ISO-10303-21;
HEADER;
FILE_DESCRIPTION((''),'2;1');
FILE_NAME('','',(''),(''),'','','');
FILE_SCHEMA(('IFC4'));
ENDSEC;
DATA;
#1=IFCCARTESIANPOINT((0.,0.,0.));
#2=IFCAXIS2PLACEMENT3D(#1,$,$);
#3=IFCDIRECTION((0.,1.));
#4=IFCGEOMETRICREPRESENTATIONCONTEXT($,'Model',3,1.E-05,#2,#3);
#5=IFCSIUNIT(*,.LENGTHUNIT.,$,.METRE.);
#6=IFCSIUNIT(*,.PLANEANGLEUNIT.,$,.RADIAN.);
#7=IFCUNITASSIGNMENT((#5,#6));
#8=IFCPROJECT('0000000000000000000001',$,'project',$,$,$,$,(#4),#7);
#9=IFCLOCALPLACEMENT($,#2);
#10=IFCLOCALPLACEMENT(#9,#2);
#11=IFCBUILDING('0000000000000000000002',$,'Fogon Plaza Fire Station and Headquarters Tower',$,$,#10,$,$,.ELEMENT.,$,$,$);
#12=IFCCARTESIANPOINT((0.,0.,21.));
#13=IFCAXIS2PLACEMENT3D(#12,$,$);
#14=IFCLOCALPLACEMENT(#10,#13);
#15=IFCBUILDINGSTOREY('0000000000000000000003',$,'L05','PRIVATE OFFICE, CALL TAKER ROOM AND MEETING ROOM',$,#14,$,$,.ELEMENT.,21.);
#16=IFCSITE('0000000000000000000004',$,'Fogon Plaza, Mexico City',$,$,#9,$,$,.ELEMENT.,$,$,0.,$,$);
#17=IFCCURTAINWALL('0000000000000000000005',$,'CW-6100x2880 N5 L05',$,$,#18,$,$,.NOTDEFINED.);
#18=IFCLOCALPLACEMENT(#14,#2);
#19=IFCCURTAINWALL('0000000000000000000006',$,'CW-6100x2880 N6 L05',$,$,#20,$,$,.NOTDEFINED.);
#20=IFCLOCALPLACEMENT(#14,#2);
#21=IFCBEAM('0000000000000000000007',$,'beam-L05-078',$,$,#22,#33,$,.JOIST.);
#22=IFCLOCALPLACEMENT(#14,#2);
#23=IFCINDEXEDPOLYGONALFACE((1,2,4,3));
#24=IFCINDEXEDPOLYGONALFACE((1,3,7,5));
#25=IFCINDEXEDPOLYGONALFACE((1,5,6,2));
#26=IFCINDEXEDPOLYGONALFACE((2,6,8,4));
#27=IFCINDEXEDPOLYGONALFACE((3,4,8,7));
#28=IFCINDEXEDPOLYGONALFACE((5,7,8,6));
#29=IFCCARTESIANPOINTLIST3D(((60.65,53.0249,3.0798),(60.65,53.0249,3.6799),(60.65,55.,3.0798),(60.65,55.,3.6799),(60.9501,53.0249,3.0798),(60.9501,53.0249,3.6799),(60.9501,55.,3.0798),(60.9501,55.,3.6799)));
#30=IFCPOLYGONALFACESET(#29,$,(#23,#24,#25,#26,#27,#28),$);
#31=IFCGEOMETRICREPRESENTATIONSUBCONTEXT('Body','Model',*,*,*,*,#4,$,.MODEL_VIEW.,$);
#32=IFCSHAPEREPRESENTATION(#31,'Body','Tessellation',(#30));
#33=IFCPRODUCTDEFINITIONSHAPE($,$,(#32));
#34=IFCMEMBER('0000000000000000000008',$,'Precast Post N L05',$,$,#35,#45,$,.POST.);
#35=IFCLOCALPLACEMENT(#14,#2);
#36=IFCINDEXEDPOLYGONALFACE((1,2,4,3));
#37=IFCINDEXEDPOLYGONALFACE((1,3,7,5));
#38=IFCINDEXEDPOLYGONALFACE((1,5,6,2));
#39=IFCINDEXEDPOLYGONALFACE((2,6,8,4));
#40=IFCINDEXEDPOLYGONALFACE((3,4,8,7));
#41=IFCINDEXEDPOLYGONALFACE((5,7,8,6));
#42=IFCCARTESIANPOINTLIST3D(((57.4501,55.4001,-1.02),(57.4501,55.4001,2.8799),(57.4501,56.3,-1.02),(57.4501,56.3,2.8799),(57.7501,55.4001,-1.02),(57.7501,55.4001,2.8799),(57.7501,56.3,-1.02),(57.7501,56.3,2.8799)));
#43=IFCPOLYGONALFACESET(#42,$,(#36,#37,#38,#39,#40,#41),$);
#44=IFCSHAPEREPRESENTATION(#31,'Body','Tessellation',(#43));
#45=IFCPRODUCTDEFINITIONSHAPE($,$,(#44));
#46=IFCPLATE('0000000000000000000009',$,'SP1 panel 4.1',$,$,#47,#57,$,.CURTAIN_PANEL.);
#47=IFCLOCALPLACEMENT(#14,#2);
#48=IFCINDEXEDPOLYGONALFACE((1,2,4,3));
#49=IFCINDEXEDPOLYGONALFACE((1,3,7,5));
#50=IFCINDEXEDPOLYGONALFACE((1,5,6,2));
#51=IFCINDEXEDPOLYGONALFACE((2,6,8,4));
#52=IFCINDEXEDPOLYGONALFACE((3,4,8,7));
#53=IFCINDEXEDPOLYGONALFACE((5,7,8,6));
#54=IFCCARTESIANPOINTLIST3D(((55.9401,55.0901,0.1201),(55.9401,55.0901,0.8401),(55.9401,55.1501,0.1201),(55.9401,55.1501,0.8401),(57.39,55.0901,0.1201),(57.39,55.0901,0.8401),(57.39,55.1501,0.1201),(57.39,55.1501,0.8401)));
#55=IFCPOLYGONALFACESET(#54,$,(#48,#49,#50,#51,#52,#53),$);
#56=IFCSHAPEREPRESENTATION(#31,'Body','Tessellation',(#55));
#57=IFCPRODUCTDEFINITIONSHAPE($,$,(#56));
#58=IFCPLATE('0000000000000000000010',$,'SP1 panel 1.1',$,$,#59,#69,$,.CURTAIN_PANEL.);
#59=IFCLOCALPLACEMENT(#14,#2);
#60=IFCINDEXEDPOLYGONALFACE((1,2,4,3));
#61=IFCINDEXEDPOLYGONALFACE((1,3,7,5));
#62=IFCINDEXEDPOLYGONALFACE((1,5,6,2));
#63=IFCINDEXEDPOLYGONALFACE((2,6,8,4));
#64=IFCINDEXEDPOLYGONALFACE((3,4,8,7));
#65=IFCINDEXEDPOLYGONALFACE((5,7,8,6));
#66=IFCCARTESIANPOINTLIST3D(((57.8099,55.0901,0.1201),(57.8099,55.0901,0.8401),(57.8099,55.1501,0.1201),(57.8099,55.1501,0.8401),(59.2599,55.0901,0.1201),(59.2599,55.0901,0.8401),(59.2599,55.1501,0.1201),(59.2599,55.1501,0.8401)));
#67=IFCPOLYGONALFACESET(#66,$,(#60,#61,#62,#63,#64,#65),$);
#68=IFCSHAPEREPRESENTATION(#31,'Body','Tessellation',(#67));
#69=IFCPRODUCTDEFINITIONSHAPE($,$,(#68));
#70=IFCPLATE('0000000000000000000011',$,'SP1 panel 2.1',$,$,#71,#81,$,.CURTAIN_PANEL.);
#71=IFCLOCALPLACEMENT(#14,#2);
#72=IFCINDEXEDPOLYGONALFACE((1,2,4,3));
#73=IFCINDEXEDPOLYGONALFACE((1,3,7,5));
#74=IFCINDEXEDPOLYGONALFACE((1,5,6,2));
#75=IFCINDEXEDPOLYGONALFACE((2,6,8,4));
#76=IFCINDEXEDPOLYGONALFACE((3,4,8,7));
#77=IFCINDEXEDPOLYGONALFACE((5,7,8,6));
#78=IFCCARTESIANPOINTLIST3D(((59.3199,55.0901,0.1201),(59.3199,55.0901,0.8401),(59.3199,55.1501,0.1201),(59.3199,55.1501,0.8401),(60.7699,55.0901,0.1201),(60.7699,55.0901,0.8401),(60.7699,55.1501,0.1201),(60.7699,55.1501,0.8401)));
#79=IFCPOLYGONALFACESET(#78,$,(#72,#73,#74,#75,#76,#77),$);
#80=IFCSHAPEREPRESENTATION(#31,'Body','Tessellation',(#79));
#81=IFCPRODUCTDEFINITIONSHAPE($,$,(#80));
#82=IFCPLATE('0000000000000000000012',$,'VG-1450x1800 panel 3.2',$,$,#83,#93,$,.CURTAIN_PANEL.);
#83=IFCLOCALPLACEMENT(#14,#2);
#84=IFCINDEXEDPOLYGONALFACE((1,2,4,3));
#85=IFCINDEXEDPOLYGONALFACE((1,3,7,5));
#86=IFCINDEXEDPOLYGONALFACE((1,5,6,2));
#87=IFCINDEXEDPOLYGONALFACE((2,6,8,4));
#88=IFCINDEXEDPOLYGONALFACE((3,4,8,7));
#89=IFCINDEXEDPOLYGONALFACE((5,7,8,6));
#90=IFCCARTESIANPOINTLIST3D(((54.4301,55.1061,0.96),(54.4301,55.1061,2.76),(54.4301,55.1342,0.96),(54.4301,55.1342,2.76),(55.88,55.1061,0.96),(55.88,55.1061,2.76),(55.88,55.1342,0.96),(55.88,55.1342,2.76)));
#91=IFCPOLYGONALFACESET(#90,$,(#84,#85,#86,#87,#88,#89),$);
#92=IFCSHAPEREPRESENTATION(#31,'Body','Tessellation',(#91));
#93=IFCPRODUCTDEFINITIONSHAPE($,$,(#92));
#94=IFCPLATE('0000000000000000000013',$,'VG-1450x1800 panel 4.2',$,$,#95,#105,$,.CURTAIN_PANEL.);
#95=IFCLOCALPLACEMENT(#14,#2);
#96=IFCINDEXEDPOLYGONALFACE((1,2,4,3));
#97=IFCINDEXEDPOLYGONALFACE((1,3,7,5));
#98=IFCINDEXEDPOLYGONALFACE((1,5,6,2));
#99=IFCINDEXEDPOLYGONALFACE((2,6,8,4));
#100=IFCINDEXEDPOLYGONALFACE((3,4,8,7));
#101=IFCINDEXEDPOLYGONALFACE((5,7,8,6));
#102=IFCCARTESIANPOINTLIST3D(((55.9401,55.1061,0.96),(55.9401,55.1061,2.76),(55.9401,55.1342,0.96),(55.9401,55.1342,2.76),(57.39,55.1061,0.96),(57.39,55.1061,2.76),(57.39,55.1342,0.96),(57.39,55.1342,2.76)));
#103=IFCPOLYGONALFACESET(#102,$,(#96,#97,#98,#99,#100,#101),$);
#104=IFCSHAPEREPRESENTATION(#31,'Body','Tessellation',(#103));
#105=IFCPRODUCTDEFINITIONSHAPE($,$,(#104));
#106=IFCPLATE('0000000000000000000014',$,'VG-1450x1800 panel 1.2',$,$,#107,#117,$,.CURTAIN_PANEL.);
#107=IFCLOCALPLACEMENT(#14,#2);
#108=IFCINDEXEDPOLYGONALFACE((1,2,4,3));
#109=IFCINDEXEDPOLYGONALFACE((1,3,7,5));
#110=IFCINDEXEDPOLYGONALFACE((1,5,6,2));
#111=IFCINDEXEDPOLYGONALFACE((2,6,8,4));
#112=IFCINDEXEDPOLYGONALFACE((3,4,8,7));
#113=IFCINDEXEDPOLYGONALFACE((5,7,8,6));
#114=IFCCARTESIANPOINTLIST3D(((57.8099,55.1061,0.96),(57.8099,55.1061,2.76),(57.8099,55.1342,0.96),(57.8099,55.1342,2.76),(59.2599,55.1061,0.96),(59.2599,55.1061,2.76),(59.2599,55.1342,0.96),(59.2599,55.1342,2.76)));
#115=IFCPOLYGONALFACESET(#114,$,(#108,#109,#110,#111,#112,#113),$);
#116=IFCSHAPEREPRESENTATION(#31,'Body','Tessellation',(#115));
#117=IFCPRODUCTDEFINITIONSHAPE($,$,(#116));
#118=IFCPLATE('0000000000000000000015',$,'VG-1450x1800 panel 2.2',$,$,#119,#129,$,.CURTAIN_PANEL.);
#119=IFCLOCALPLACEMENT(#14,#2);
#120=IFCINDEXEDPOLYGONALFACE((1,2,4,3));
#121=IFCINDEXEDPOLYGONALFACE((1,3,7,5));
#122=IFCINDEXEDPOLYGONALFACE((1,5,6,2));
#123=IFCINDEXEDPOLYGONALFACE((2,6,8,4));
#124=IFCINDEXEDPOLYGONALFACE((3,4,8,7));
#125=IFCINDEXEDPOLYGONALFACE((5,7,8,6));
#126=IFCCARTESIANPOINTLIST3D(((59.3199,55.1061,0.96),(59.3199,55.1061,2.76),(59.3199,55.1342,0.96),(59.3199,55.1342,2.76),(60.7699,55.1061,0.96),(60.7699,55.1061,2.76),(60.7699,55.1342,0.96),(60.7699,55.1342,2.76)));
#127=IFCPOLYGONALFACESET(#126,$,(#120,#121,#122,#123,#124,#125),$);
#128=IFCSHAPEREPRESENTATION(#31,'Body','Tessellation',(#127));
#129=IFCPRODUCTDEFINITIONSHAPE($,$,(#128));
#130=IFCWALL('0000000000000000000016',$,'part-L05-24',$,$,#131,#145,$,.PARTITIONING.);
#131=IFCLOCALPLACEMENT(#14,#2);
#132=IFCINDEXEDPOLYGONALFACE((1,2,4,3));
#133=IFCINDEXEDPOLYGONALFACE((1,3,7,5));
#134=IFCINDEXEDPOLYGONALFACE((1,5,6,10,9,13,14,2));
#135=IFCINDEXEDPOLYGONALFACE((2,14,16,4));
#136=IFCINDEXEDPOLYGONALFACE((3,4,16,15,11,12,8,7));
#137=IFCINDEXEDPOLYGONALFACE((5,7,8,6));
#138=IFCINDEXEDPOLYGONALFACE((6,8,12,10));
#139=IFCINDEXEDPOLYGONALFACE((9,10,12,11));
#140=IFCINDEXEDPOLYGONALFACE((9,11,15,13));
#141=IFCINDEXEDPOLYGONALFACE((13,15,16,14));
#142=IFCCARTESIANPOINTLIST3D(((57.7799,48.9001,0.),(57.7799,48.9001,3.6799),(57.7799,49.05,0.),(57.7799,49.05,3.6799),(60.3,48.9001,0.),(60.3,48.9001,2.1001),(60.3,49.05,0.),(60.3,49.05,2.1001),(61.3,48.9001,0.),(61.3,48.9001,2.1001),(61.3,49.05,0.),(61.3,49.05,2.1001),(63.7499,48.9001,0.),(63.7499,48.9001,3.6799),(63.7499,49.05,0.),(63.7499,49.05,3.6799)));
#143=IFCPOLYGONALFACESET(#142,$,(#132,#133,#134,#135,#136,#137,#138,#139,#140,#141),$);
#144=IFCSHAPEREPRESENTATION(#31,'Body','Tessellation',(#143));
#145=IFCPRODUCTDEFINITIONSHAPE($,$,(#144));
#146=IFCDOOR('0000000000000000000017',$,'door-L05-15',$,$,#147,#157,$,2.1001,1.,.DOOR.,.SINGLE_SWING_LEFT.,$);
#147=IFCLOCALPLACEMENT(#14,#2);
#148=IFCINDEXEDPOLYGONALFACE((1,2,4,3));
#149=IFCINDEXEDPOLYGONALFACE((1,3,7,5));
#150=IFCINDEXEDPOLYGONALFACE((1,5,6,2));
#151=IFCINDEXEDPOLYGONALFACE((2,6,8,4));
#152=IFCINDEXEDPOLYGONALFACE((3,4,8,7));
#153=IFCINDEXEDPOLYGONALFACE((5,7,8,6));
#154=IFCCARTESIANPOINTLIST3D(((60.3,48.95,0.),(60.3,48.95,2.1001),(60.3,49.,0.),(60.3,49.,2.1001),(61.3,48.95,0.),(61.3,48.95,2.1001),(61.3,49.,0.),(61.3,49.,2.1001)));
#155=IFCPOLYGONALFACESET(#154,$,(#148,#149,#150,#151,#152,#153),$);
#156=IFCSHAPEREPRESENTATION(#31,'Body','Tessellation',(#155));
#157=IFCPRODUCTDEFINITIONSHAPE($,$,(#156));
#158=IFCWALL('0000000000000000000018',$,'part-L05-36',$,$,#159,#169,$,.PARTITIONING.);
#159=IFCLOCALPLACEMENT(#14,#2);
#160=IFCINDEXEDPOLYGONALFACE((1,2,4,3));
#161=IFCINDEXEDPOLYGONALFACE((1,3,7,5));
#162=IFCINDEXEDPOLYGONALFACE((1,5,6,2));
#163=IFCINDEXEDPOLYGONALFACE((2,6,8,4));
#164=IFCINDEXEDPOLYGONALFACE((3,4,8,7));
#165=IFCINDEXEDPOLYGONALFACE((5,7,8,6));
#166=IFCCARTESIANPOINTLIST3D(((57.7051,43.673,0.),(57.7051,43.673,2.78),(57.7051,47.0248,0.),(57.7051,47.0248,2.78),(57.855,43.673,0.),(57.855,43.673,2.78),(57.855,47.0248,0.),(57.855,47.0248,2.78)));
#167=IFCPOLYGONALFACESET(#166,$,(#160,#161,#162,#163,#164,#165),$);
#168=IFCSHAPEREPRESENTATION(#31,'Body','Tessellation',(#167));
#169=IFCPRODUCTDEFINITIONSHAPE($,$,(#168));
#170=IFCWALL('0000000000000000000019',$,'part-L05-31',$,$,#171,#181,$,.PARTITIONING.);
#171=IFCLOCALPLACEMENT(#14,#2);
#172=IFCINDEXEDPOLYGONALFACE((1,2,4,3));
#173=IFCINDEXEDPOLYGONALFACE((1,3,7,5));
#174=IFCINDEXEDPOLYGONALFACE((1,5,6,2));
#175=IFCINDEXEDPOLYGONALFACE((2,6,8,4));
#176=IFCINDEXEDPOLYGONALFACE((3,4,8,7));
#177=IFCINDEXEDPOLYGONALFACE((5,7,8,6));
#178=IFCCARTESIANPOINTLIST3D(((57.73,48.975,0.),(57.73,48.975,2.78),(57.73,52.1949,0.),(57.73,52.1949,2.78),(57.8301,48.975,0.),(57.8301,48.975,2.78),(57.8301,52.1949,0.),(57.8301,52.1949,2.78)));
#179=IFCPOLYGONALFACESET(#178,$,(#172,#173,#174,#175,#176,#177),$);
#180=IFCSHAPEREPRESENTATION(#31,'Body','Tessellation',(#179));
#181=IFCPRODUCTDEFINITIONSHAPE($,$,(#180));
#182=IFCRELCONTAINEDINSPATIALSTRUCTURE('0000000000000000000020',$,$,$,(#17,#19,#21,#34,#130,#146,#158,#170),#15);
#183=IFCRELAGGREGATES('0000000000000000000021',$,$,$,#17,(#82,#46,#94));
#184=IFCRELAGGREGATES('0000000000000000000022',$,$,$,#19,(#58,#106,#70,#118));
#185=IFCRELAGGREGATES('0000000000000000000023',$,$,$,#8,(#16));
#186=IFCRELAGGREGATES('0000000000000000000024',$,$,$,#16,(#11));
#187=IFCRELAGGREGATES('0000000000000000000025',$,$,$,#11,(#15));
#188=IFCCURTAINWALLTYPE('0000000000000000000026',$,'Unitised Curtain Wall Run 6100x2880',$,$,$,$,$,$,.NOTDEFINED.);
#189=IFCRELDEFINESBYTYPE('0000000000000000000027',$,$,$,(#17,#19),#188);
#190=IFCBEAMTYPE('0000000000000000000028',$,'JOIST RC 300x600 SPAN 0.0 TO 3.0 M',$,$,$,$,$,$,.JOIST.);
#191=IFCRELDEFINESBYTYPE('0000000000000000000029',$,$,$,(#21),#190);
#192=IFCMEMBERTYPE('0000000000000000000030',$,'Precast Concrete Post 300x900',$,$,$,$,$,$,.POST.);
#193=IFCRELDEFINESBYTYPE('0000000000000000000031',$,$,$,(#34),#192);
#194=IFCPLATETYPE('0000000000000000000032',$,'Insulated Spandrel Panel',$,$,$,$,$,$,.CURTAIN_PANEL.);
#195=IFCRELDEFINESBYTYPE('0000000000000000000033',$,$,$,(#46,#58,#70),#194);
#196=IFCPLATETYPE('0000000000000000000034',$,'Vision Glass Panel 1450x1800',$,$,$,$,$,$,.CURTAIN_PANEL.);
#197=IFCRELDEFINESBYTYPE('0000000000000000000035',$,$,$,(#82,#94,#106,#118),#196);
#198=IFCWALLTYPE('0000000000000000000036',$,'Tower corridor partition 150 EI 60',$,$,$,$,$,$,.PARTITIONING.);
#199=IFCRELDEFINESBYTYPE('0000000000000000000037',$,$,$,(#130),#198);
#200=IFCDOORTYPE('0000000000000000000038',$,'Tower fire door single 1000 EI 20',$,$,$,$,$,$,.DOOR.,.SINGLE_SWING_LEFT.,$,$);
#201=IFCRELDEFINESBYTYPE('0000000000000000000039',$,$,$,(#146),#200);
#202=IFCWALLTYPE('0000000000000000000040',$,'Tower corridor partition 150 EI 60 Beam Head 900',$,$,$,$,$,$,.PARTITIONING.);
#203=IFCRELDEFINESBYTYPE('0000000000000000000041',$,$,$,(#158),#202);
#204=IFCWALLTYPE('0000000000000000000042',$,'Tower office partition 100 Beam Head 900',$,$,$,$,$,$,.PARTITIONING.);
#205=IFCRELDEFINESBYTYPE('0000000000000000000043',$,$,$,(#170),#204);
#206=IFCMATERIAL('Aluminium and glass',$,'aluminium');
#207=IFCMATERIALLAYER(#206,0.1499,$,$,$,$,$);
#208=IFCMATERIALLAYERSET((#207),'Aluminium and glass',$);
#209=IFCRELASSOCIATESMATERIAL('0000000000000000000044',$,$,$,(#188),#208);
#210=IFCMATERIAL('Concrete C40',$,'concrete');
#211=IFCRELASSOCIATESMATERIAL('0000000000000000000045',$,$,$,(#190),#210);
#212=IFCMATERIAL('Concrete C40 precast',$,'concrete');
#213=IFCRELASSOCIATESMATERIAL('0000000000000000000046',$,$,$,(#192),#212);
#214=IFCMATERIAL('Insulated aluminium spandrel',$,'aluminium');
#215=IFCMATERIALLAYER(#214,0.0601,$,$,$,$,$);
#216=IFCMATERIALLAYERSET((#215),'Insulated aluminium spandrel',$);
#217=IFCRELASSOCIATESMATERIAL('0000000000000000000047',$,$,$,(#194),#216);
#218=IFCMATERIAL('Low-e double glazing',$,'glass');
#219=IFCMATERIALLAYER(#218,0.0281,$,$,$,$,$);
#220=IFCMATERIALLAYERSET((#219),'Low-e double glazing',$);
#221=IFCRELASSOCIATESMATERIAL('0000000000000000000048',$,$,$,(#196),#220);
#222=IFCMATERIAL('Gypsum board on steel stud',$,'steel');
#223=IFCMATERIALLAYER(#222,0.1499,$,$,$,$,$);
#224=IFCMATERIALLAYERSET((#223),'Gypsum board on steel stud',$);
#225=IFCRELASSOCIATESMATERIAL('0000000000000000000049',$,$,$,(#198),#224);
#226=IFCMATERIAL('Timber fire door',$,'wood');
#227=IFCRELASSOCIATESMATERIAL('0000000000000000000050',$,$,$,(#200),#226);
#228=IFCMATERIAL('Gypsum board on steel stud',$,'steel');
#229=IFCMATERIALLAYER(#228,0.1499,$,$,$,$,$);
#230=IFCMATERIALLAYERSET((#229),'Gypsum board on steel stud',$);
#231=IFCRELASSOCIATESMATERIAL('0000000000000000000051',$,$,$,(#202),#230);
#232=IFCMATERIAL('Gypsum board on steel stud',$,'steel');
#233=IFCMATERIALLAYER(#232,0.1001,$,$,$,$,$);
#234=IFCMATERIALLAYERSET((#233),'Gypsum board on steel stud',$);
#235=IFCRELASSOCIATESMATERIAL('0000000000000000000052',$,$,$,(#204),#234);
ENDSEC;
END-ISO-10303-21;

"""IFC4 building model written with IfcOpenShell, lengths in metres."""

from ifc_helpers import new_model, si_unit, direction, frame, frame_2d, origin, origin_2d, place, context, subcontext, project, spatial, rectangle, extrude, material, layer, layer_set, material_profile, profile_set, type_object, element, fill, aggregate, save


model = new_model("IFC4")

# Units and contexts
model_context = context("Model", 3, precision=1e-05, world=origin(), true_north=direction((0.0, 1.0)))
body_context = subcontext(model_context, "Body", "Model", "MODEL_VIEW")
ifc_project = project(units=[si_unit("LENGTHUNIT", "METRE"), si_unit("PLANEANGLEUNIT", "RADIAN")], contexts=[model_context])

# Site, building, storey
site_placement = place(None, origin())
site = spatial("IfcSite", under=ifc_project, at=site_placement, Name="Fogon Plaza, Mexico City", CompositionType="ELEMENT", RefElevation=0.0)
building_placement = place(site_placement, origin())
building = spatial("IfcBuilding", under=site, at=building_placement, Name="Fogon Plaza Fire Station and Headquarters Tower", CompositionType="ELEMENT")
storey_placement = place(building_placement, frame((0.0, 0.0, 21.0)))
storey = spatial("IfcBuildingStorey", under=building, at=storey_placement, Name="L05", Description="PRIVATE OFFICE, CALL TAKER ROOM AND MEETING ROOM", CompositionType="ELEMENT", Elevation=21.0)

# Curtain walls
ifc_material_1 = material(Name="Aluminium and glass", Category="aluminium")
ifc_layer_1 = layer(ifc_material_1, 0.1499)
ifc_layer_set_1 = layer_set([ifc_layer_1], Name="Aluminium and glass")
curtain_wall_type = type_object("IfcCurtainWallType", Name="Unitised Curtain Wall Run 6100x2880", PredefinedType="NOTDEFINED", material=ifc_layer_set_1)
curtain_wall_1_placement = place(storey_placement, origin())
curtain_wall_1 = element("IfcCurtainWall", 1, at=curtain_wall_1_placement, inside=storey, type_object=curtain_wall_type, Name="CW-6100x2880 N5 L05", PredefinedType="NOTDEFINED")
curtain_wall_2_placement = place(storey_placement, origin())
curtain_wall_2 = element("IfcCurtainWall", 2, at=curtain_wall_2_placement, inside=storey, type_object=curtain_wall_type, Name="CW-6100x2880 N6 L05", PredefinedType="NOTDEFINED")

# Beam
ifc_material_2 = material(Name="Concrete C40", Category="concrete")
ifc_material_profile_1 = material_profile(ifc_material_2, rectangle(XDim=0.3, YDim=0.6001, at=origin_2d()), Name="RC 300x600")
ifc_profile_set_1 = profile_set([ifc_material_profile_1], Name="Concrete C40")
beam_type_1 = type_object("IfcBeamType", Name="JOIST RC 300x600 SPAN 0.0 TO 3.0 M", PredefinedType="JOIST", material=ifc_profile_set_1)
beam_1_placement = place(storey_placement, frame((60.8, 53.0249, 3.3799), z_axis=(0.0, 1.0, 0.0), x_axis=(-1.0, 0.0, 0.0)))
element("IfcBeam", 3, at=beam_1_placement, inside=storey, type_object=beam_type_1, Name="beam-L05-078", PredefinedType="JOIST", context=body_context, shape_type="SweptSolid", body=[
    extrude(rectangle(XDim=0.3, YDim=0.6001, at=origin_2d()), origin(), (0.0, 0.0, 1.0), 1.9751),
])

# Member
ifc_material_3 = material(Name="Concrete C40 precast", Category="concrete")
ifc_material_profile_2 = material_profile(ifc_material_3, rectangle(XDim=0.3, YDim=0.8999, at=origin_2d()), Name="Precast Concrete Post 300x900")
ifc_profile_set_2 = profile_set([ifc_material_profile_2], Name="Concrete C40 precast")
member_type_1 = type_object("IfcMemberType", Name="Precast Concrete Post 300x900", PredefinedType="POST", material=ifc_profile_set_2)
member_1_placement = place(storey_placement, frame((57.6001, 55.8501, -1.02), z_axis=(0.0, 0.0, 1.0), x_axis=(1.0, 0.0, 0.0)))
element("IfcMember", 4, at=member_1_placement, inside=storey, type_object=member_type_1, Name="Precast Post N L05", PredefinedType="POST", context=body_context, shape_type="SweptSolid", body=[
    extrude(rectangle(XDim=0.3, YDim=0.8999, at=origin_2d()), origin(), (0.0, 0.0, 1.0), 3.8999),
])

# Plates
ifc_material_4 = material(Name="Insulated aluminium spandrel", Category="aluminium")
ifc_layer_2 = layer(ifc_material_4, 0.0601)
ifc_layer_set_2 = layer_set([ifc_layer_2], Name="Insulated aluminium spandrel")
plate_type_1 = type_object("IfcPlateType", Name="Insulated Spandrel Panel", PredefinedType="CURTAIN_PANEL", material=ifc_layer_set_2)
plate_1_placement = place(storey_placement, frame((56.665, 55.1201, 0.1201), z_axis=(0.0, 0.0, 1.0), x_axis=(1.0, 0.0, 0.0)))
plate_1 = element("IfcPlate", 5, at=plate_1_placement, type_object=plate_type_1, Name="SP1 panel 4.1", PredefinedType="CURTAIN_PANEL", context=body_context, shape_type="SweptSolid", body=[
    extrude(rectangle(XDim=1.45, YDim=0.0601, at=origin_2d()), origin(), (0.0, 0.0, 1.0), 0.72),
])
plate_2_placement = place(storey_placement, frame((58.5349, 55.1201, 0.1201), z_axis=(0.0, 0.0, 1.0), x_axis=(1.0, 0.0, 0.0)))
plate_2 = element("IfcPlate", 6, at=plate_2_placement, type_object=plate_type_1, Name="SP1 panel 1.1", PredefinedType="CURTAIN_PANEL", context=body_context, shape_type="SweptSolid", body=[
    extrude(rectangle(XDim=1.45, YDim=0.0601, at=origin_2d()), origin(), (0.0, 0.0, 1.0), 0.72),
])
plate_3_placement = place(storey_placement, frame((60.0449, 55.1201, 0.1201), z_axis=(0.0, 0.0, 1.0), x_axis=(1.0, 0.0, 0.0)))
plate_3 = element("IfcPlate", 7, at=plate_3_placement, type_object=plate_type_1, Name="SP1 panel 2.1", PredefinedType="CURTAIN_PANEL", context=body_context, shape_type="SweptSolid", body=[
    extrude(rectangle(XDim=1.45, YDim=0.0601, at=origin_2d()), origin(), (0.0, 0.0, 1.0), 0.72),
])
ifc_material_5 = material(Name="Low-e double glazing", Category="glass")
ifc_layer_3 = layer(ifc_material_5, 0.0281)
ifc_layer_set_3 = layer_set([ifc_layer_3], Name="Low-e double glazing")
plate_type_2 = type_object("IfcPlateType", Name="Vision Glass Panel 1450x1800", PredefinedType="CURTAIN_PANEL", material=ifc_layer_set_3)
plate_4_placement = place(storey_placement, frame((55.155, 55.1201, 0.96), z_axis=(0.0, 0.0, 1.0), x_axis=(1.0, 0.0, 0.0)))
plate_4 = element("IfcPlate", 8, at=plate_4_placement, type_object=plate_type_2, Name="VG-1450x1800 panel 3.2", PredefinedType="CURTAIN_PANEL", context=body_context, shape_type="SweptSolid", body=[
    extrude(rectangle(XDim=1.45, YDim=0.0281, at=origin_2d()), origin(), (0.0, 0.0, 1.0), 1.8),
])
plate_5_placement = place(storey_placement, frame((56.665, 55.1201, 0.96), z_axis=(0.0, 0.0, 1.0), x_axis=(1.0, 0.0, 0.0)))
plate_5 = element("IfcPlate", 9, at=plate_5_placement, type_object=plate_type_2, Name="VG-1450x1800 panel 4.2", PredefinedType="CURTAIN_PANEL", context=body_context, shape_type="SweptSolid", body=[
    extrude(rectangle(XDim=1.45, YDim=0.0281, at=origin_2d()), origin(), (0.0, 0.0, 1.0), 1.8),
])
aggregate(curtain_wall_1, [plate_4, plate_1, plate_5])
plate_6_placement = place(storey_placement, frame((58.5349, 55.1201, 0.96), z_axis=(0.0, 0.0, 1.0), x_axis=(1.0, 0.0, 0.0)))
plate_6 = element("IfcPlate", 10, at=plate_6_placement, type_object=plate_type_2, Name="VG-1450x1800 panel 1.2", PredefinedType="CURTAIN_PANEL", context=body_context, shape_type="SweptSolid", body=[
    extrude(rectangle(XDim=1.45, YDim=0.0281, at=origin_2d()), origin(), (0.0, 0.0, 1.0), 1.8),
])
plate_7_placement = place(storey_placement, frame((60.0449, 55.1201, 0.96), z_axis=(0.0, 0.0, 1.0), x_axis=(1.0, 0.0, 0.0)))
plate_7 = element("IfcPlate", 11, at=plate_7_placement, type_object=plate_type_2, Name="VG-1450x1800 panel 2.2", PredefinedType="CURTAIN_PANEL", context=body_context, shape_type="SweptSolid", body=[
    extrude(rectangle(XDim=1.45, YDim=0.0281, at=origin_2d()), origin(), (0.0, 0.0, 1.0), 1.8),
])
aggregate(curtain_wall_2, [plate_2, plate_6, plate_3, plate_7])

# Wall, opening, door
ifc_material_6 = material(Name="Gypsum board on steel stud", Category="steel")
ifc_layer_4 = layer(ifc_material_6, 0.1499)
ifc_layer_set_4 = layer_set([ifc_layer_4], Name="Gypsum board on steel stud")
wall_type_1 = type_object("IfcWallType", Name="Tower corridor partition 150 EI 60", PredefinedType="PARTITIONING", material=ifc_layer_set_4)
wall_1_placement = place(storey_placement, frame((57.78, 48.9751, 0.0), z_axis=(0.0, 0.0, 1.0), x_axis=(1.0, 0.0, 0.0)))
wall_1 = element("IfcWall", 12, at=wall_1_placement, inside=storey, type_object=wall_type_1, Name="part-L05-24", PredefinedType="PARTITIONING", context=body_context, shape_type="SweptSolid", body=[
    extrude(rectangle(XDim=5.97, YDim=0.1499, at=frame_2d((2.9849, 0.0))), origin(), (0.0, 0.0, 1.0), 3.6799),
])
opening_placement = place(wall_1_placement, frame((2.52, 0.0, 0.0)))
opening = element("IfcOpeningElement", 13, at=opening_placement, cuts=wall_1, PredefinedType="OPENING", context=body_context, shape_type="SweptSolid", body=[
    extrude(rectangle(XDim=1.0, YDim=2.1001, at=frame_2d((0.5, 1.05))), frame((0.0, 0.085, 0.0), z_axis=(0.0, -1.0, 0.0), x_axis=(1.0, 0.0, 0.0)), (0.0, 0.0, 1.0), 0.1699),
])
ifc_material_7 = material(Name="Timber fire door", Category="wood")
door_type = type_object("IfcDoorType", Name="Tower fire door single 1000 EI 20", OperationType="SINGLE_SWING_LEFT", PredefinedType="DOOR", material=ifc_material_7)
door_placement = place(opening_placement, origin())
door = element("IfcDoor", 14, at=door_placement, inside=storey, type_object=door_type, Name="door-L05-15", OperationType="SINGLE_SWING_LEFT", OverallHeight=2.1001, OverallWidth=1.0, PredefinedType="DOOR", context=body_context, shape_type="SweptSolid", body=[
    extrude(rectangle(XDim=1.0, YDim=2.1001, at=frame_2d((0.5, 1.05))), frame((0.0, 0.0249, 0.0), z_axis=(0.0, -1.0, 0.0), x_axis=(1.0, 0.0, 0.0)), (0.0, 0.0, 1.0), 0.05),
])
fill(opening, door)

# Walls
ifc_material_8 = material(Name="Gypsum board on steel stud", Category="steel")
ifc_layer_5 = layer(ifc_material_8, 0.1499)
ifc_layer_set_5 = layer_set([ifc_layer_5], Name="Gypsum board on steel stud")
wall_type_2 = type_object("IfcWallType", Name="Tower corridor partition 150 EI 60 Beam Head 900", PredefinedType="PARTITIONING", material=ifc_layer_set_5)
wall_2_placement = place(storey_placement, frame((57.78, 43.6731, 0.0), z_axis=(0.0, 0.0, 1.0), x_axis=(0.0, 1.0, 0.0)))
element("IfcWall", 15, at=wall_2_placement, inside=storey, type_object=wall_type_2, Name="part-L05-36", PredefinedType="PARTITIONING", context=body_context, shape_type="SweptSolid", body=[
    extrude(rectangle(XDim=3.3518, YDim=0.1499, at=frame_2d((1.6758, 0.0))), origin(), (0.0, 0.0, 1.0), 2.78),
])
ifc_material_9 = material(Name="Gypsum board on steel stud", Category="steel")
ifc_layer_6 = layer(ifc_material_9, 0.1001)
ifc_layer_set_6 = layer_set([ifc_layer_6], Name="Gypsum board on steel stud")
wall_type_3 = type_object("IfcWallType", Name="Tower office partition 100 Beam Head 900", PredefinedType="PARTITIONING", material=ifc_layer_set_6)
wall_3_placement = place(storey_placement, frame((57.78, 48.9751, 0.0), z_axis=(0.0, 0.0, 1.0), x_axis=(0.0, 1.0, 0.0)))
element("IfcWall", 16, at=wall_3_placement, inside=storey, type_object=wall_type_3, Name="part-L05-31", PredefinedType="PARTITIONING", context=body_context, shape_type="SweptSolid", body=[
    extrude(rectangle(XDim=3.22, YDim=0.1001, at=frame_2d((1.6099, 0.0))), origin(), (0.0, 0.0, 1.0), 2.78),
])

save(model, "model.ifc")
